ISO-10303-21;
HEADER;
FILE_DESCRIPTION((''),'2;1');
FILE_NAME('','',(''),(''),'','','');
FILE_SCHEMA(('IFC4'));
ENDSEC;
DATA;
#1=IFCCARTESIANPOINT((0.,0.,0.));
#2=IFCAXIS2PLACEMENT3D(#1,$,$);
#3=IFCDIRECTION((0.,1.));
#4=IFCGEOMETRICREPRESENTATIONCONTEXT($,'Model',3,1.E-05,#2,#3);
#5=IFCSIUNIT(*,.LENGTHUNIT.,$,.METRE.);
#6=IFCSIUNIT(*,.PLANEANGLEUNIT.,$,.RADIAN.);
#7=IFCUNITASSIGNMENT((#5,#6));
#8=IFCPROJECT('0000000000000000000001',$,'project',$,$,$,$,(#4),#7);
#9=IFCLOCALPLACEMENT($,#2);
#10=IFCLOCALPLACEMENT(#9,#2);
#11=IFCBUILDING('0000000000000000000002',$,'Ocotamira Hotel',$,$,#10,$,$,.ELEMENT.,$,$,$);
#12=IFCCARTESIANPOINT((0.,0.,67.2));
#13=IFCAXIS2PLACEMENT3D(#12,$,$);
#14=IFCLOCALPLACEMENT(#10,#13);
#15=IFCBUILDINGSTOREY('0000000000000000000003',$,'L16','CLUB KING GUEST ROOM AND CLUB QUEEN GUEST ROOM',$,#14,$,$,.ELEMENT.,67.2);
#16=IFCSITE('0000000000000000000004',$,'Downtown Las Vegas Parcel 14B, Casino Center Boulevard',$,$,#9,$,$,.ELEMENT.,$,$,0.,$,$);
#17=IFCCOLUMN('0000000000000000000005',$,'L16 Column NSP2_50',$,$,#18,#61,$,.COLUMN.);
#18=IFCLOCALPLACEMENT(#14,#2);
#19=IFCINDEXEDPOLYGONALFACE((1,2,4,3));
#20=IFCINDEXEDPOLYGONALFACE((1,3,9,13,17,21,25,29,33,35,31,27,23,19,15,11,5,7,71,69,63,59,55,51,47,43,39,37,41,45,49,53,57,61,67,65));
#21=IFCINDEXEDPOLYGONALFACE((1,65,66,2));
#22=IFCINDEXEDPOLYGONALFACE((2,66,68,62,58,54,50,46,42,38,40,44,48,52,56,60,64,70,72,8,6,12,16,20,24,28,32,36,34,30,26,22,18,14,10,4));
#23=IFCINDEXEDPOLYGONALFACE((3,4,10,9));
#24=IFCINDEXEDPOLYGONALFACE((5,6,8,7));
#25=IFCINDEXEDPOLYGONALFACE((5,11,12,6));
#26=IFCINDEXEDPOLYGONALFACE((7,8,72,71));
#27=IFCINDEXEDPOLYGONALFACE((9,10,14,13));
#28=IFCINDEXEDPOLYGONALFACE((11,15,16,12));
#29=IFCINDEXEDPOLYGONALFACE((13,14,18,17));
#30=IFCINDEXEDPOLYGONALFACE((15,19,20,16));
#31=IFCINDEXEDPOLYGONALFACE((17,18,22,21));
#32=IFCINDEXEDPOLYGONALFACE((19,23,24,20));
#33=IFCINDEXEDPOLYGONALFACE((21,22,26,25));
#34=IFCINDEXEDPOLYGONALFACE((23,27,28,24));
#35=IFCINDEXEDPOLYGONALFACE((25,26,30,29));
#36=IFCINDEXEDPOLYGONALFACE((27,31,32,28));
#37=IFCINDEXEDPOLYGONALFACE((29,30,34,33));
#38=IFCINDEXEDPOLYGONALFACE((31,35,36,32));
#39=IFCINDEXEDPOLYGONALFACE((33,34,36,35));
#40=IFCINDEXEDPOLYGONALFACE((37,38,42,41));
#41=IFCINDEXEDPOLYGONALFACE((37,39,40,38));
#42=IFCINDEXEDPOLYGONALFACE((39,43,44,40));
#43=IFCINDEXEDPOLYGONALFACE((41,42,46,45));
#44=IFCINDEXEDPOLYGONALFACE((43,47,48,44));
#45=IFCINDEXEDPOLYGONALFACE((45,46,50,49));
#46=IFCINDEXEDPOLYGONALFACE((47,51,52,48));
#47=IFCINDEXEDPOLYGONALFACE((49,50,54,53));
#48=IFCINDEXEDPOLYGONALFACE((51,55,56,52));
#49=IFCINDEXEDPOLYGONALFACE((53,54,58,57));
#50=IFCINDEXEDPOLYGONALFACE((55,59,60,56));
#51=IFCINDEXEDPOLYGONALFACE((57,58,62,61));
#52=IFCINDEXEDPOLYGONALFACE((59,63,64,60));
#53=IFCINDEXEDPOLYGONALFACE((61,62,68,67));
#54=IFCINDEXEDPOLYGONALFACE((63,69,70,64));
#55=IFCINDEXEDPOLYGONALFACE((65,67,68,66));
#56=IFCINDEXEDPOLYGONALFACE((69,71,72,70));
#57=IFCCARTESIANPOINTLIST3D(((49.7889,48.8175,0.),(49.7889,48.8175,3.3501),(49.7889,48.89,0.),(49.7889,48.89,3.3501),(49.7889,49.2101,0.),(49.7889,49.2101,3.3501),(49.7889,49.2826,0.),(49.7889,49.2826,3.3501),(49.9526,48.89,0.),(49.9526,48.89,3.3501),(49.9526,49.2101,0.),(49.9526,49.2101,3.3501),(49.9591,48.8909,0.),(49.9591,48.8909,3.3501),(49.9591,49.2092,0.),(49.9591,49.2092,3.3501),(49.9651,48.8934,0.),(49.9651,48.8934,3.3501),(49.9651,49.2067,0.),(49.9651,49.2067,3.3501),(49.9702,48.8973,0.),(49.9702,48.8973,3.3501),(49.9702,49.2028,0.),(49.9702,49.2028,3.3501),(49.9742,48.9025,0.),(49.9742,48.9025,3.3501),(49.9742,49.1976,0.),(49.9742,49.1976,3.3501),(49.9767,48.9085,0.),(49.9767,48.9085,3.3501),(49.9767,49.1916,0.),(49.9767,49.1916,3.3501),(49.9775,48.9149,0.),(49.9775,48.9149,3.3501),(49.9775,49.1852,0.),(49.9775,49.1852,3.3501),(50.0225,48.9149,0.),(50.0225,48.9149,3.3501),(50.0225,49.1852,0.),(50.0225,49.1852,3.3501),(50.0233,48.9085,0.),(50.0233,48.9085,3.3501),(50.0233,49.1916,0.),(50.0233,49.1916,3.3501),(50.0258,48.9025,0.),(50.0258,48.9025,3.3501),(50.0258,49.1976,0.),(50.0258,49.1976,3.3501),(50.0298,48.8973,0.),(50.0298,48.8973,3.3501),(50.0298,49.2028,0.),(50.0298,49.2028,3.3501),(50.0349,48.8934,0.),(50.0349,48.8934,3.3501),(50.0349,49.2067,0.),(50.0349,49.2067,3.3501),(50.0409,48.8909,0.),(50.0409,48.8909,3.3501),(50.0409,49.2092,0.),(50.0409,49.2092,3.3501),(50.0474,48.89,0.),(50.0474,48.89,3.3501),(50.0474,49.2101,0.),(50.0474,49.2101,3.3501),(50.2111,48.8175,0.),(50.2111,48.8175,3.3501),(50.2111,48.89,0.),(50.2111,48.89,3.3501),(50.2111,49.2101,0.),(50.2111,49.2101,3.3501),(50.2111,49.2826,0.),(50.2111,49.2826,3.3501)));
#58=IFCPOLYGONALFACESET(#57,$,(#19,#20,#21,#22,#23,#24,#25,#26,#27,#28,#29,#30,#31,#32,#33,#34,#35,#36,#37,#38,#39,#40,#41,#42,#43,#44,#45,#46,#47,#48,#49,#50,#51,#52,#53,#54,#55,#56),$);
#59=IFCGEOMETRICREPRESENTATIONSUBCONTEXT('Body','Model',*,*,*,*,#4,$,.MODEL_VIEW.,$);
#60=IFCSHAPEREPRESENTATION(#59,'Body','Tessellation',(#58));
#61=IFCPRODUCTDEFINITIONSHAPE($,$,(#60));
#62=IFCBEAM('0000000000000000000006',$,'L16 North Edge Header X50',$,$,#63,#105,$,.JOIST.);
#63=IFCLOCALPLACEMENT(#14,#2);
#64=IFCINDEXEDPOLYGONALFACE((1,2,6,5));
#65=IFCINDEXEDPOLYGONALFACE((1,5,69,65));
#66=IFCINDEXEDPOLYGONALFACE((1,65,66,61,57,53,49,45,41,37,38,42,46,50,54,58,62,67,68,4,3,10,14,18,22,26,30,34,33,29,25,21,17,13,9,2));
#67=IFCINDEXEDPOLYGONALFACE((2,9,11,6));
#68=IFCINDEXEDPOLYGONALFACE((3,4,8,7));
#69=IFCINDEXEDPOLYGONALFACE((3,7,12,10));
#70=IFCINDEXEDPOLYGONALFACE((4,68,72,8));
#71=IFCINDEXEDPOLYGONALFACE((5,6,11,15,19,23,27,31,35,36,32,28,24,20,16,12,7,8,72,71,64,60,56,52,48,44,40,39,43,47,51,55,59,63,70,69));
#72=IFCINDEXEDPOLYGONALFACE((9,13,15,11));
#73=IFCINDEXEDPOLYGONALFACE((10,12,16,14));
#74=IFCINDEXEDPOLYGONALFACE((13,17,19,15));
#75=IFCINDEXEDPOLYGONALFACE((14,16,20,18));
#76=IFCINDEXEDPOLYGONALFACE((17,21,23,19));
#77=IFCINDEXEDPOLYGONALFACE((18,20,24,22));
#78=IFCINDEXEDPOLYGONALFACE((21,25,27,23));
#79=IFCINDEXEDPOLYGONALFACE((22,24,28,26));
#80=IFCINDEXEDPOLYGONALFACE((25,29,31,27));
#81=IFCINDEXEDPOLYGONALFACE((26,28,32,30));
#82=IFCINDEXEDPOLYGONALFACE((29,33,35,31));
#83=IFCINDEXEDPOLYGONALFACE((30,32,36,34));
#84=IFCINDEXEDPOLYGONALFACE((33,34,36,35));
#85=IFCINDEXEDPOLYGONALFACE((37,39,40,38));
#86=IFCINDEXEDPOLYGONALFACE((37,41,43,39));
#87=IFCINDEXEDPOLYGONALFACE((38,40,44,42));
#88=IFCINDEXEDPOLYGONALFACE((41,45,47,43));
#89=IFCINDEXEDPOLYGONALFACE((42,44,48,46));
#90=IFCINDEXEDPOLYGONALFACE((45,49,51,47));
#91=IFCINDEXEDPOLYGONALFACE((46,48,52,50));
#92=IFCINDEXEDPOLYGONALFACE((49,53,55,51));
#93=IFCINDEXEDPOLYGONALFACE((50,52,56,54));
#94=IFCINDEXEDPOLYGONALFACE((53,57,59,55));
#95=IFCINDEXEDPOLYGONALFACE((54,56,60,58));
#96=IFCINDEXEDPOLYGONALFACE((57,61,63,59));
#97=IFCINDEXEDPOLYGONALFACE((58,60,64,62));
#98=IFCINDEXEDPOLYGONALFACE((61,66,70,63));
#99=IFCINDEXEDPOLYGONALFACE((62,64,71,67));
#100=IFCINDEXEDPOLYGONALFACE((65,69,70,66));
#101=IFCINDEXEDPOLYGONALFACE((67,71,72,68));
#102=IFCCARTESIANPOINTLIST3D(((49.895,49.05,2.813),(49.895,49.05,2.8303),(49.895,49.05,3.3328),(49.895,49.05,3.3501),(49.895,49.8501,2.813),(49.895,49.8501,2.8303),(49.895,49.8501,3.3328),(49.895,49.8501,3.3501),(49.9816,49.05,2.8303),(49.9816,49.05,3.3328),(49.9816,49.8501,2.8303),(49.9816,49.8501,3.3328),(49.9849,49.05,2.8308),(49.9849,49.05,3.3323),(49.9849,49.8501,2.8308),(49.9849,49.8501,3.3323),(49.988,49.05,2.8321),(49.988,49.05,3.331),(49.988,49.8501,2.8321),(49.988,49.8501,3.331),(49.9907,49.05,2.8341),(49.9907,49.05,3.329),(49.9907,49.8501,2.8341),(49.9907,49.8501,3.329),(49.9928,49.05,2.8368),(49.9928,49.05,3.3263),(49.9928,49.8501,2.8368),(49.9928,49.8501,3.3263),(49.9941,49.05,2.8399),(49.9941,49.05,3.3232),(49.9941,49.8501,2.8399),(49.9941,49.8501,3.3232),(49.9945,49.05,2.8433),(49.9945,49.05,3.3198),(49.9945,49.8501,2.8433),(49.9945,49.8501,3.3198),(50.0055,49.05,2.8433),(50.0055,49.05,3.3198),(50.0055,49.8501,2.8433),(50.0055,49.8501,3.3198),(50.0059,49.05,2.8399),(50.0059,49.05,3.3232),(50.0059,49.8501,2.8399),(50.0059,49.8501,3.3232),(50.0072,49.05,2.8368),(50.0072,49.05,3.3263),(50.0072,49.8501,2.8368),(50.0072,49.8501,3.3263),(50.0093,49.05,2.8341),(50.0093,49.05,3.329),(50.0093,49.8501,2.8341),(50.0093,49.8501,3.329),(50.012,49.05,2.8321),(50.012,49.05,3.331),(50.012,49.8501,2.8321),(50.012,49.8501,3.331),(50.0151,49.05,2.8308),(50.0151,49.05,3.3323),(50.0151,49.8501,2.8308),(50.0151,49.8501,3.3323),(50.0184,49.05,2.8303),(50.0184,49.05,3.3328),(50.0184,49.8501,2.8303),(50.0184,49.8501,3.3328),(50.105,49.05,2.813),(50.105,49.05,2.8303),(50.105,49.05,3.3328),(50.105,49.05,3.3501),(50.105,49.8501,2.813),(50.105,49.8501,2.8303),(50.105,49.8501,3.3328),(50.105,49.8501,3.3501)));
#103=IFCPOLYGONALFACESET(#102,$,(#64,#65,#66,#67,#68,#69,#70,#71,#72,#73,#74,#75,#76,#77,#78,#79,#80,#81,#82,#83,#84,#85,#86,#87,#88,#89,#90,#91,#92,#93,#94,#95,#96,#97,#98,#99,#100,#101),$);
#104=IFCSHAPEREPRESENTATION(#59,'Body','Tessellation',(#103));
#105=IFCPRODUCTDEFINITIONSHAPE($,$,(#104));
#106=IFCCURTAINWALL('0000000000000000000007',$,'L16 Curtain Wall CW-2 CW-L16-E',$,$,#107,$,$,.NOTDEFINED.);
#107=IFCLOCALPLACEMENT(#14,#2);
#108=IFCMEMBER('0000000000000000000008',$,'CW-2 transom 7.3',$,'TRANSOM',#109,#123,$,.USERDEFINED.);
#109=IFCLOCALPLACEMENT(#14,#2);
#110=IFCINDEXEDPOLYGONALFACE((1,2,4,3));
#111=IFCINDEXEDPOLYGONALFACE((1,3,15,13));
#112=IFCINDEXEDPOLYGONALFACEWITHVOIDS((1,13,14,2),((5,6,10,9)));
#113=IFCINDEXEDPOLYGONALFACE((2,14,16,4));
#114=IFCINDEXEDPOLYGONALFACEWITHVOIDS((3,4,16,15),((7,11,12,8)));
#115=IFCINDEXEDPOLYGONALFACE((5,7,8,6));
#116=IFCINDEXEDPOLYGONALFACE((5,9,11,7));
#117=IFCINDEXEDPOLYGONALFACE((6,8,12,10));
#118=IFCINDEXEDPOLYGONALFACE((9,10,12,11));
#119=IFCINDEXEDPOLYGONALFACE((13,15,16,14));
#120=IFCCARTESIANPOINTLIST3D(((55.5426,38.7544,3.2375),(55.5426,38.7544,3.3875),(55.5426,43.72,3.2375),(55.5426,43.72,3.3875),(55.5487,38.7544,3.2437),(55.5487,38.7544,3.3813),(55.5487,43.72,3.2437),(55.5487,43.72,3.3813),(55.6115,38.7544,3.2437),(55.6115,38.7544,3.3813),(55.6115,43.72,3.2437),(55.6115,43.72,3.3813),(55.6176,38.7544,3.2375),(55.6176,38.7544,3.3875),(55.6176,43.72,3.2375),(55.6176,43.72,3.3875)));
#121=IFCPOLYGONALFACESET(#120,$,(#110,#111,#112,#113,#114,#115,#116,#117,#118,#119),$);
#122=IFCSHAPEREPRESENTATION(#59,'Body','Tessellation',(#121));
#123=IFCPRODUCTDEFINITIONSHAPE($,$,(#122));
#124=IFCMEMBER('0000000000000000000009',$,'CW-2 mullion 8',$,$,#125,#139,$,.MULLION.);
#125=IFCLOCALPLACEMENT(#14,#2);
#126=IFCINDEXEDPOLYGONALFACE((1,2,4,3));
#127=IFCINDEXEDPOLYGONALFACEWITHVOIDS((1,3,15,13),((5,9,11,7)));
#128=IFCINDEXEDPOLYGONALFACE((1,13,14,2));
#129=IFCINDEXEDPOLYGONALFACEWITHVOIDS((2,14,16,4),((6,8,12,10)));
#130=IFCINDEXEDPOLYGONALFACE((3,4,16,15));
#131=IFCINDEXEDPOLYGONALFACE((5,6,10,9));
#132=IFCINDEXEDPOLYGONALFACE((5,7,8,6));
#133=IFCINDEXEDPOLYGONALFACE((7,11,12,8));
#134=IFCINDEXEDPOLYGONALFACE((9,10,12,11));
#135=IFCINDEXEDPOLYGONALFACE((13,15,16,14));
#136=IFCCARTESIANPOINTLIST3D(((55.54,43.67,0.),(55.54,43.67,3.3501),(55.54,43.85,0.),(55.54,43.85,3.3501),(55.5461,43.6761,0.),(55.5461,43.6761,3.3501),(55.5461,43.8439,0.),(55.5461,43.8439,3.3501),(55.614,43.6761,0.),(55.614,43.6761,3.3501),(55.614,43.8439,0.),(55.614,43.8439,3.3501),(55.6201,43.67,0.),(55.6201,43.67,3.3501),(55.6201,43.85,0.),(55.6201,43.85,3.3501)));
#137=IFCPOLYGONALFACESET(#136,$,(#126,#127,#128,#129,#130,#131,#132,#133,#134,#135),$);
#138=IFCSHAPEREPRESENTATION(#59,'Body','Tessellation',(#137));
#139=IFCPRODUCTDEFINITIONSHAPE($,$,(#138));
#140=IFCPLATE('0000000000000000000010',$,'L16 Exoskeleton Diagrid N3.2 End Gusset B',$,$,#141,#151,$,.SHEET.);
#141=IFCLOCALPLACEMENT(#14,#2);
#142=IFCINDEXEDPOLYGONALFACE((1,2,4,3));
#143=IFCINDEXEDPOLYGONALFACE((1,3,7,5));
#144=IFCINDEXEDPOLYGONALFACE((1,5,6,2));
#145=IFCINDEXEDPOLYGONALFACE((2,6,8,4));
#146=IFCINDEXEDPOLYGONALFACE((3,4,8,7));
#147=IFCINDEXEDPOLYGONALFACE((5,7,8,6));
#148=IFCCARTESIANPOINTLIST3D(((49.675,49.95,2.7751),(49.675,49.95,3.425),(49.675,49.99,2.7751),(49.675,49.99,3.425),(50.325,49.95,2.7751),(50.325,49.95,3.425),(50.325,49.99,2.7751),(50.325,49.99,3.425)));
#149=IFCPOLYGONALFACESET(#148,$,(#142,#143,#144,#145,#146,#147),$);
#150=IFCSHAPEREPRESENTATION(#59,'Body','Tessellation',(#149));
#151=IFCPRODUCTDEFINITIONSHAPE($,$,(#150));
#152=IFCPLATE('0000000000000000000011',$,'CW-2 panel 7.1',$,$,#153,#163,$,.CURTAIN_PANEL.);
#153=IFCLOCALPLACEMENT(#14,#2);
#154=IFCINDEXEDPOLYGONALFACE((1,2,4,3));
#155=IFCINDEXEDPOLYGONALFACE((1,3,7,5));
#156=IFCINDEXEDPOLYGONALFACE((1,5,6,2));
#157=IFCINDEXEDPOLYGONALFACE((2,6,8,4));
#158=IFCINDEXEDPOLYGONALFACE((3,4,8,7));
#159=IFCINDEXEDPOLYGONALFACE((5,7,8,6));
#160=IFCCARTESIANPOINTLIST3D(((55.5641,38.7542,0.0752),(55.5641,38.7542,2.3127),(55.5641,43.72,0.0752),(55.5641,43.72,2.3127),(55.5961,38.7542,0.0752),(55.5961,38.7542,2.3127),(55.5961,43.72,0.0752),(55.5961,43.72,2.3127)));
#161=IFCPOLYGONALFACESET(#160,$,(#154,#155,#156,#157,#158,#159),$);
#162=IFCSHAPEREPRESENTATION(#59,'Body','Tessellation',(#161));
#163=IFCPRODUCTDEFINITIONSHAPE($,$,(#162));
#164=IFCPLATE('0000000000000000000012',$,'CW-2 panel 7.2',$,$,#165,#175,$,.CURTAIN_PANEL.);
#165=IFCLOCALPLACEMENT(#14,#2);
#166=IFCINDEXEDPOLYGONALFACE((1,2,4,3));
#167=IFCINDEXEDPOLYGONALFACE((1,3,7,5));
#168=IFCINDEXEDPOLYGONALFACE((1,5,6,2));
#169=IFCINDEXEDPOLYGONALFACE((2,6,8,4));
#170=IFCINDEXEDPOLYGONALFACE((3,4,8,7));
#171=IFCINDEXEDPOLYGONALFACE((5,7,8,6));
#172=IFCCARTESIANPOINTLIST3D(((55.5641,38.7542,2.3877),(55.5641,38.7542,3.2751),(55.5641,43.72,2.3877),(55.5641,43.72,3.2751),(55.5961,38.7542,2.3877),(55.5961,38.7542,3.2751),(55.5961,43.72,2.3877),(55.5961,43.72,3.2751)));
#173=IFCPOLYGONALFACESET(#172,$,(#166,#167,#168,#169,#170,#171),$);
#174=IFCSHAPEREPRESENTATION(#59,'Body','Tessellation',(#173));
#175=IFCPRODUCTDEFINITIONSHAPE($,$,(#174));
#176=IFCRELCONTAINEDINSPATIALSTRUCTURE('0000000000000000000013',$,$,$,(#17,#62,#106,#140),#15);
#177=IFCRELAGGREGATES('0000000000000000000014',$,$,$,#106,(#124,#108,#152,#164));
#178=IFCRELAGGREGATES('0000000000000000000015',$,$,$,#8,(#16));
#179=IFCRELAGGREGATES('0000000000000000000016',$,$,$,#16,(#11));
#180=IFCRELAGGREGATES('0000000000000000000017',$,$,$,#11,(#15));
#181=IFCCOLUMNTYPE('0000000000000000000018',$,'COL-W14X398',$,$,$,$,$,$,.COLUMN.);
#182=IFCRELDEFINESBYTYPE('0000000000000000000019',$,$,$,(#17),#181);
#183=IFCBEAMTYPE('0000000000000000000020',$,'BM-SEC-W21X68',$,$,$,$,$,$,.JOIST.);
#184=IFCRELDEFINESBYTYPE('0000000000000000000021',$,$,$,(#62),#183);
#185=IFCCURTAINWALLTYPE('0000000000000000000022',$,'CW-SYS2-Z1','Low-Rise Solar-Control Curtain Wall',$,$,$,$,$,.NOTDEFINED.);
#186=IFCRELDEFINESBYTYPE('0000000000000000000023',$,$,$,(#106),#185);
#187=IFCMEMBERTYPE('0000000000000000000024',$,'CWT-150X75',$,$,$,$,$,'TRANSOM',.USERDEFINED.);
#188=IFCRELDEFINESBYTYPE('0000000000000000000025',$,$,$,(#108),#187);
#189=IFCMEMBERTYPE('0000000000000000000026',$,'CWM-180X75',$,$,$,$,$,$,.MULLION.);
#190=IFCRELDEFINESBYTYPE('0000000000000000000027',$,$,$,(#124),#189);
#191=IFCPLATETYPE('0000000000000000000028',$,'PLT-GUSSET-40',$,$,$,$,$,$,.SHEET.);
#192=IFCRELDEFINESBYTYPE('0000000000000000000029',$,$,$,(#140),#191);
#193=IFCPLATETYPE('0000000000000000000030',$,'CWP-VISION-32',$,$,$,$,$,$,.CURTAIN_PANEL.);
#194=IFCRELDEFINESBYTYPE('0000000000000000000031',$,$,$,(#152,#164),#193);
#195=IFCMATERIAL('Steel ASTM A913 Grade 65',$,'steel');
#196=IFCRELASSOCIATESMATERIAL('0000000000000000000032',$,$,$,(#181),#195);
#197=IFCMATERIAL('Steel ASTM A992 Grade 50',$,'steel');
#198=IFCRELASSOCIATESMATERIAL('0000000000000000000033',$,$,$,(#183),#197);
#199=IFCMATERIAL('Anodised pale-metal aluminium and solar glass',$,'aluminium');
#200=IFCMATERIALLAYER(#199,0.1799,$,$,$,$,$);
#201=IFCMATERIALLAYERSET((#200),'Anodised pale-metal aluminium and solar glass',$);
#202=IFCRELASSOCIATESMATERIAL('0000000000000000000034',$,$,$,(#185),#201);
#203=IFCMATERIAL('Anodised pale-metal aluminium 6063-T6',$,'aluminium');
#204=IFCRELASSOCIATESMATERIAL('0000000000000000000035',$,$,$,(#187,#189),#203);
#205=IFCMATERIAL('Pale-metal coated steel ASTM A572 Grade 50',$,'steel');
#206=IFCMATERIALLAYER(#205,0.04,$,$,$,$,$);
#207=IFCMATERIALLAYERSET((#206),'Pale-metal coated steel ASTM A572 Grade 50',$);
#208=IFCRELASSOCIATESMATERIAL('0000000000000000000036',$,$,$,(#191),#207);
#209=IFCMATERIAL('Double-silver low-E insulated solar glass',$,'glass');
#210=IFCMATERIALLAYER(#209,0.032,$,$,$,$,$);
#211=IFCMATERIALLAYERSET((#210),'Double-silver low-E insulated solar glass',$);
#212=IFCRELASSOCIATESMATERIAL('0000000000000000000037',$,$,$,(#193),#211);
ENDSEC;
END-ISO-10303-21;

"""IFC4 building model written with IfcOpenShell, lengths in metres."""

from ifc_helpers import new_model, si_unit, direction, frame, origin, origin_2d, place, context, subcontext, project, spatial, rectangle, hollow_rectangle, i_section, extrude, source, transform, mapped, material, layer, layer_set, material_profile, profile_set, type_object, element, aggregate, save


model = new_model("IFC4")

# Units and contexts
model_context = context("Model", 3, precision=1e-05, world=origin(), true_north=direction((0.0, 1.0)))
body_context = subcontext(model_context, "Body", "Model", "MODEL_VIEW")
ifc_project = project(units=[si_unit("LENGTHUNIT", "METRE"), si_unit("PLANEANGLEUNIT", "RADIAN")], contexts=[model_context])

# Site, building, storey
site_placement = place(None, origin())
site = spatial("IfcSite", under=ifc_project, at=site_placement, Name="Downtown Las Vegas Parcel 14B, Casino Center Boulevard", CompositionType="ELEMENT", RefElevation=0.0)
building_placement = place(site_placement, origin())
building = spatial("IfcBuilding", under=site, at=building_placement, Name="Ocotamira Hotel", CompositionType="ELEMENT")
storey_placement = place(building_placement, frame((0.0, 0.0, 67.2)))
storey = spatial("IfcBuildingStorey", under=building, at=storey_placement, Name="L16", Description="CLUB KING GUEST ROOM AND CLUB QUEEN GUEST ROOM", CompositionType="ELEMENT", Elevation=67.2)

# Column
ifc_material_1 = material(Name="Steel ASTM A913 Grade 65", Category="steel")
ifc_material_profile_1 = material_profile(ifc_material_1, i_section(OverallWidth=0.4221, OverallDepth=0.4651, WebThickness=0.0449, FlangeThickness=0.0725, FilletRadius=0.0249, at=origin_2d()), Name="W14X398")
ifc_profile_set_1 = profile_set([ifc_material_profile_1], Name="Steel ASTM A913 Grade 65")
column_type = type_object("IfcColumnType", Name="COL-W14X398", PredefinedType="COLUMN", material=ifc_profile_set_1)
shared_shape_1 = source(origin(), body_context, "Body", "SweptSolid", [
    extrude(i_section(OverallWidth=0.4221, OverallDepth=0.4651, WebThickness=0.0449, FlangeThickness=0.0725, FilletRadius=0.0249, at=origin_2d()), origin(), (0.0, 0.0, 1.0), 3.3501),
])
column_placement = place(storey_placement, frame((50.0, 49.05, 0.0), z_axis=(0.0, 0.0, 1.0), x_axis=(1.0, 0.0, 0.0)))
element("IfcColumn", 1, at=column_placement, inside=storey, type_object=column_type, Name="L16 Column NSP2_50", PredefinedType="COLUMN", context=body_context, shape_type="MappedRepresentation", body=[
    mapped(shared_shape_1, transform((0.0, 0.0, 0.0), scale=1.0)),
])

# Beam
ifc_material_2 = material(Name="Steel ASTM A992 Grade 50", Category="steel")
ifc_material_profile_2 = material_profile(ifc_material_2, i_section(OverallWidth=0.21, OverallDepth=0.5371, WebThickness=0.011, FlangeThickness=0.0173, FilletRadius=0.0129, at=origin_2d()), Name="W21X68")
ifc_profile_set_2 = profile_set([ifc_material_profile_2], Name="Steel ASTM A992 Grade 50")
beam_type = type_object("IfcBeamType", Name="BM-SEC-W21X68", PredefinedType="JOIST", material=ifc_profile_set_2)
shared_shape_2 = source(origin(), body_context, "Body", "SweptSolid", [
    extrude(i_section(OverallWidth=0.21, OverallDepth=0.5371, WebThickness=0.011, FlangeThickness=0.0173, FilletRadius=0.0129, at=origin_2d()), origin(), (0.0, 0.0, 1.0), 0.8),
])
beam_placement = place(storey_placement, frame((50.0, 49.05, 3.0815), z_axis=(0.0, 1.0, 0.0), x_axis=(-1.0, 0.0, 0.0)))
element("IfcBeam", 2, at=beam_placement, inside=storey, type_object=beam_type, Name="L16 North Edge Header X50", PredefinedType="JOIST", context=body_context, shape_type="MappedRepresentation", body=[
    mapped(shared_shape_2, transform((0.0, 0.0, 0.0), scale=1.0)),
])

# Curtain wall, members
ifc_material_3 = material(Name="Anodised pale-metal aluminium and solar glass", Category="aluminium")
ifc_layer_1 = layer(ifc_material_3, 0.1799)
ifc_layer_set_1 = layer_set([ifc_layer_1], Name="Anodised pale-metal aluminium and solar glass")
curtain_wall_type = type_object("IfcCurtainWallType", Name="CW-SYS2-Z1", Description="Low-Rise Solar-Control Curtain Wall", PredefinedType="NOTDEFINED", material=ifc_layer_set_1)
curtain_wall_placement = place(storey_placement, origin())
curtain_wall = element("IfcCurtainWall", 3, at=curtain_wall_placement, inside=storey, type_object=curtain_wall_type, Name="L16 Curtain Wall CW-2 CW-L16-E", PredefinedType="NOTDEFINED")
ifc_material_4 = material(Name="Anodised pale-metal aluminium 6063-T6", Category="aluminium")
ifc_material_profile_3 = material_profile(ifc_material_4, hollow_rectangle(XDim=0.075, YDim=0.1499, WallThickness=0.0061, at=origin_2d()), Name="HSS150X75X6")
ifc_profile_set_3 = profile_set([ifc_material_profile_3], Name="Anodised pale-metal aluminium 6063-T6")
member_type_1 = type_object("IfcMemberType", Name="CWT-150X75", ElementType="TRANSOM", PredefinedType="USERDEFINED", material=ifc_profile_set_3)
shared_shape_3 = source(origin(), body_context, "Body", "SweptSolid", [
    extrude(hollow_rectangle(XDim=0.075, YDim=0.1499, WallThickness=0.0061, at=origin_2d()), origin(), (0.0, 0.0, 1.0), 4.9656),
])
member_1_placement = place(storey_placement, frame((55.5801, 38.7544, 3.3125), z_axis=(0.0, 1.0, 0.0), x_axis=(-1.0, 0.0, 0.0)))
member_1 = element("IfcMember", 4, at=member_1_placement, type_object=member_type_1, Name="CW-2 transom 7.3", ObjectType="TRANSOM", PredefinedType="USERDEFINED", context=body_context, shape_type="MappedRepresentation", body=[
    mapped(shared_shape_3, transform((0.0, 0.0, 0.0), scale=1.0)),
])
ifc_material_profile_4 = material_profile(ifc_material_4, hollow_rectangle(XDim=0.0801, YDim=0.1799, WallThickness=0.0061, at=origin_2d()), Name="HSS180X80X6")
ifc_profile_set_4 = profile_set([ifc_material_profile_4], Name="Anodised pale-metal aluminium 6063-T6")
member_type_2 = type_object("IfcMemberType", Name="CWM-180X75", PredefinedType="MULLION", material=ifc_profile_set_4)
shared_shape_4 = source(origin(), body_context, "Body", "SweptSolid", [
    extrude(hollow_rectangle(XDim=0.0801, YDim=0.1799, WallThickness=0.0061, at=origin_2d()), origin(), (0.0, 0.0, 1.0), 3.3501),
])
member_2_placement = place(storey_placement, frame((55.5801, 43.76, 0.0), z_axis=(0.0, 0.0, 1.0), x_axis=(-1.0, 0.0, 0.0)))
member_2 = element("IfcMember", 5, at=member_2_placement, type_object=member_type_2, Name="CW-2 mullion 8", PredefinedType="MULLION", context=body_context, shape_type="MappedRepresentation", body=[
    mapped(shared_shape_4, transform((0.0, 0.0, 0.0), scale=1.0)),
])

# Plates
ifc_material_5 = material(Name="Pale-metal coated steel ASTM A572 Grade 50", Category="steel")
ifc_layer_2 = layer(ifc_material_5, 0.04)
ifc_layer_set_2 = layer_set([ifc_layer_2], Name="Pale-metal coated steel ASTM A572 Grade 50")
plate_type_1 = type_object("IfcPlateType", Name="PLT-GUSSET-40", PredefinedType="SHEET", material=ifc_layer_set_2)
shared_shape_5 = source(origin(), body_context, "Body", "SweptSolid", [
    extrude(rectangle(XDim=0.6499, YDim=0.04, at=origin_2d()), origin(), (0.0, 0.0, 1.0), 0.6499),
])
plate_1_placement = place(storey_placement, frame((50.0, 49.97, 2.7751), z_axis=(0.0, 0.0, 1.0), x_axis=(1.0, 0.0, 0.0)))
element("IfcPlate", 6, at=plate_1_placement, inside=storey, type_object=plate_type_1, Name="L16 Exoskeleton Diagrid N3.2 End Gusset B", PredefinedType="SHEET", context=body_context, shape_type="MappedRepresentation", body=[
    mapped(shared_shape_5, transform((0.0, 0.0, 0.0), scale=1.0)),
])
ifc_material_6 = material(Name="Double-silver low-E insulated solar glass", Category="glass")
ifc_layer_3 = layer(ifc_material_6, 0.032)
ifc_layer_set_3 = layer_set([ifc_layer_3], Name="Double-silver low-E insulated solar glass")
plate_type_2 = type_object("IfcPlateType", Name="CWP-VISION-32", PredefinedType="CURTAIN_PANEL", material=ifc_layer_set_3)
shared_shape_6 = source(origin(), body_context, "Body", "SweptSolid", [
    extrude(rectangle(XDim=4.9658, YDim=0.032, at=origin_2d()), origin(), (0.0, 0.0, 1.0), 2.2375),
])
plate_2_placement = place(storey_placement, frame((55.5801, 41.2371, 0.0752), z_axis=(0.0, 0.0, 1.0), x_axis=(0.0, 1.0, 0.0)))
plate_2 = element("IfcPlate", 7, at=plate_2_placement, type_object=plate_type_2, Name="CW-2 panel 7.1", PredefinedType="CURTAIN_PANEL", context=body_context, shape_type="MappedRepresentation", body=[
    mapped(shared_shape_6, transform((0.0, 0.0, 0.0), scale=1.0)),
])
shared_shape_7 = source(origin(), body_context, "Body", "SweptSolid", [
    extrude(rectangle(XDim=4.9658, YDim=0.032, at=origin_2d()), origin(), (0.0, 0.0, 1.0), 0.8875),
])
plate_3_placement = place(storey_placement, frame((55.5801, 41.2371, 2.3877), z_axis=(0.0, 0.0, 1.0), x_axis=(0.0, 1.0, 0.0)))
plate_3 = element("IfcPlate", 8, at=plate_3_placement, type_object=plate_type_2, Name="CW-2 panel 7.2", PredefinedType="CURTAIN_PANEL", context=body_context, shape_type="MappedRepresentation", body=[
    mapped(shared_shape_7, transform((0.0, 0.0, 0.0), scale=1.0)),
])
aggregate(curtain_wall, [member_2, member_1, plate_2, plate_3])

save(model, "model.ifc")
